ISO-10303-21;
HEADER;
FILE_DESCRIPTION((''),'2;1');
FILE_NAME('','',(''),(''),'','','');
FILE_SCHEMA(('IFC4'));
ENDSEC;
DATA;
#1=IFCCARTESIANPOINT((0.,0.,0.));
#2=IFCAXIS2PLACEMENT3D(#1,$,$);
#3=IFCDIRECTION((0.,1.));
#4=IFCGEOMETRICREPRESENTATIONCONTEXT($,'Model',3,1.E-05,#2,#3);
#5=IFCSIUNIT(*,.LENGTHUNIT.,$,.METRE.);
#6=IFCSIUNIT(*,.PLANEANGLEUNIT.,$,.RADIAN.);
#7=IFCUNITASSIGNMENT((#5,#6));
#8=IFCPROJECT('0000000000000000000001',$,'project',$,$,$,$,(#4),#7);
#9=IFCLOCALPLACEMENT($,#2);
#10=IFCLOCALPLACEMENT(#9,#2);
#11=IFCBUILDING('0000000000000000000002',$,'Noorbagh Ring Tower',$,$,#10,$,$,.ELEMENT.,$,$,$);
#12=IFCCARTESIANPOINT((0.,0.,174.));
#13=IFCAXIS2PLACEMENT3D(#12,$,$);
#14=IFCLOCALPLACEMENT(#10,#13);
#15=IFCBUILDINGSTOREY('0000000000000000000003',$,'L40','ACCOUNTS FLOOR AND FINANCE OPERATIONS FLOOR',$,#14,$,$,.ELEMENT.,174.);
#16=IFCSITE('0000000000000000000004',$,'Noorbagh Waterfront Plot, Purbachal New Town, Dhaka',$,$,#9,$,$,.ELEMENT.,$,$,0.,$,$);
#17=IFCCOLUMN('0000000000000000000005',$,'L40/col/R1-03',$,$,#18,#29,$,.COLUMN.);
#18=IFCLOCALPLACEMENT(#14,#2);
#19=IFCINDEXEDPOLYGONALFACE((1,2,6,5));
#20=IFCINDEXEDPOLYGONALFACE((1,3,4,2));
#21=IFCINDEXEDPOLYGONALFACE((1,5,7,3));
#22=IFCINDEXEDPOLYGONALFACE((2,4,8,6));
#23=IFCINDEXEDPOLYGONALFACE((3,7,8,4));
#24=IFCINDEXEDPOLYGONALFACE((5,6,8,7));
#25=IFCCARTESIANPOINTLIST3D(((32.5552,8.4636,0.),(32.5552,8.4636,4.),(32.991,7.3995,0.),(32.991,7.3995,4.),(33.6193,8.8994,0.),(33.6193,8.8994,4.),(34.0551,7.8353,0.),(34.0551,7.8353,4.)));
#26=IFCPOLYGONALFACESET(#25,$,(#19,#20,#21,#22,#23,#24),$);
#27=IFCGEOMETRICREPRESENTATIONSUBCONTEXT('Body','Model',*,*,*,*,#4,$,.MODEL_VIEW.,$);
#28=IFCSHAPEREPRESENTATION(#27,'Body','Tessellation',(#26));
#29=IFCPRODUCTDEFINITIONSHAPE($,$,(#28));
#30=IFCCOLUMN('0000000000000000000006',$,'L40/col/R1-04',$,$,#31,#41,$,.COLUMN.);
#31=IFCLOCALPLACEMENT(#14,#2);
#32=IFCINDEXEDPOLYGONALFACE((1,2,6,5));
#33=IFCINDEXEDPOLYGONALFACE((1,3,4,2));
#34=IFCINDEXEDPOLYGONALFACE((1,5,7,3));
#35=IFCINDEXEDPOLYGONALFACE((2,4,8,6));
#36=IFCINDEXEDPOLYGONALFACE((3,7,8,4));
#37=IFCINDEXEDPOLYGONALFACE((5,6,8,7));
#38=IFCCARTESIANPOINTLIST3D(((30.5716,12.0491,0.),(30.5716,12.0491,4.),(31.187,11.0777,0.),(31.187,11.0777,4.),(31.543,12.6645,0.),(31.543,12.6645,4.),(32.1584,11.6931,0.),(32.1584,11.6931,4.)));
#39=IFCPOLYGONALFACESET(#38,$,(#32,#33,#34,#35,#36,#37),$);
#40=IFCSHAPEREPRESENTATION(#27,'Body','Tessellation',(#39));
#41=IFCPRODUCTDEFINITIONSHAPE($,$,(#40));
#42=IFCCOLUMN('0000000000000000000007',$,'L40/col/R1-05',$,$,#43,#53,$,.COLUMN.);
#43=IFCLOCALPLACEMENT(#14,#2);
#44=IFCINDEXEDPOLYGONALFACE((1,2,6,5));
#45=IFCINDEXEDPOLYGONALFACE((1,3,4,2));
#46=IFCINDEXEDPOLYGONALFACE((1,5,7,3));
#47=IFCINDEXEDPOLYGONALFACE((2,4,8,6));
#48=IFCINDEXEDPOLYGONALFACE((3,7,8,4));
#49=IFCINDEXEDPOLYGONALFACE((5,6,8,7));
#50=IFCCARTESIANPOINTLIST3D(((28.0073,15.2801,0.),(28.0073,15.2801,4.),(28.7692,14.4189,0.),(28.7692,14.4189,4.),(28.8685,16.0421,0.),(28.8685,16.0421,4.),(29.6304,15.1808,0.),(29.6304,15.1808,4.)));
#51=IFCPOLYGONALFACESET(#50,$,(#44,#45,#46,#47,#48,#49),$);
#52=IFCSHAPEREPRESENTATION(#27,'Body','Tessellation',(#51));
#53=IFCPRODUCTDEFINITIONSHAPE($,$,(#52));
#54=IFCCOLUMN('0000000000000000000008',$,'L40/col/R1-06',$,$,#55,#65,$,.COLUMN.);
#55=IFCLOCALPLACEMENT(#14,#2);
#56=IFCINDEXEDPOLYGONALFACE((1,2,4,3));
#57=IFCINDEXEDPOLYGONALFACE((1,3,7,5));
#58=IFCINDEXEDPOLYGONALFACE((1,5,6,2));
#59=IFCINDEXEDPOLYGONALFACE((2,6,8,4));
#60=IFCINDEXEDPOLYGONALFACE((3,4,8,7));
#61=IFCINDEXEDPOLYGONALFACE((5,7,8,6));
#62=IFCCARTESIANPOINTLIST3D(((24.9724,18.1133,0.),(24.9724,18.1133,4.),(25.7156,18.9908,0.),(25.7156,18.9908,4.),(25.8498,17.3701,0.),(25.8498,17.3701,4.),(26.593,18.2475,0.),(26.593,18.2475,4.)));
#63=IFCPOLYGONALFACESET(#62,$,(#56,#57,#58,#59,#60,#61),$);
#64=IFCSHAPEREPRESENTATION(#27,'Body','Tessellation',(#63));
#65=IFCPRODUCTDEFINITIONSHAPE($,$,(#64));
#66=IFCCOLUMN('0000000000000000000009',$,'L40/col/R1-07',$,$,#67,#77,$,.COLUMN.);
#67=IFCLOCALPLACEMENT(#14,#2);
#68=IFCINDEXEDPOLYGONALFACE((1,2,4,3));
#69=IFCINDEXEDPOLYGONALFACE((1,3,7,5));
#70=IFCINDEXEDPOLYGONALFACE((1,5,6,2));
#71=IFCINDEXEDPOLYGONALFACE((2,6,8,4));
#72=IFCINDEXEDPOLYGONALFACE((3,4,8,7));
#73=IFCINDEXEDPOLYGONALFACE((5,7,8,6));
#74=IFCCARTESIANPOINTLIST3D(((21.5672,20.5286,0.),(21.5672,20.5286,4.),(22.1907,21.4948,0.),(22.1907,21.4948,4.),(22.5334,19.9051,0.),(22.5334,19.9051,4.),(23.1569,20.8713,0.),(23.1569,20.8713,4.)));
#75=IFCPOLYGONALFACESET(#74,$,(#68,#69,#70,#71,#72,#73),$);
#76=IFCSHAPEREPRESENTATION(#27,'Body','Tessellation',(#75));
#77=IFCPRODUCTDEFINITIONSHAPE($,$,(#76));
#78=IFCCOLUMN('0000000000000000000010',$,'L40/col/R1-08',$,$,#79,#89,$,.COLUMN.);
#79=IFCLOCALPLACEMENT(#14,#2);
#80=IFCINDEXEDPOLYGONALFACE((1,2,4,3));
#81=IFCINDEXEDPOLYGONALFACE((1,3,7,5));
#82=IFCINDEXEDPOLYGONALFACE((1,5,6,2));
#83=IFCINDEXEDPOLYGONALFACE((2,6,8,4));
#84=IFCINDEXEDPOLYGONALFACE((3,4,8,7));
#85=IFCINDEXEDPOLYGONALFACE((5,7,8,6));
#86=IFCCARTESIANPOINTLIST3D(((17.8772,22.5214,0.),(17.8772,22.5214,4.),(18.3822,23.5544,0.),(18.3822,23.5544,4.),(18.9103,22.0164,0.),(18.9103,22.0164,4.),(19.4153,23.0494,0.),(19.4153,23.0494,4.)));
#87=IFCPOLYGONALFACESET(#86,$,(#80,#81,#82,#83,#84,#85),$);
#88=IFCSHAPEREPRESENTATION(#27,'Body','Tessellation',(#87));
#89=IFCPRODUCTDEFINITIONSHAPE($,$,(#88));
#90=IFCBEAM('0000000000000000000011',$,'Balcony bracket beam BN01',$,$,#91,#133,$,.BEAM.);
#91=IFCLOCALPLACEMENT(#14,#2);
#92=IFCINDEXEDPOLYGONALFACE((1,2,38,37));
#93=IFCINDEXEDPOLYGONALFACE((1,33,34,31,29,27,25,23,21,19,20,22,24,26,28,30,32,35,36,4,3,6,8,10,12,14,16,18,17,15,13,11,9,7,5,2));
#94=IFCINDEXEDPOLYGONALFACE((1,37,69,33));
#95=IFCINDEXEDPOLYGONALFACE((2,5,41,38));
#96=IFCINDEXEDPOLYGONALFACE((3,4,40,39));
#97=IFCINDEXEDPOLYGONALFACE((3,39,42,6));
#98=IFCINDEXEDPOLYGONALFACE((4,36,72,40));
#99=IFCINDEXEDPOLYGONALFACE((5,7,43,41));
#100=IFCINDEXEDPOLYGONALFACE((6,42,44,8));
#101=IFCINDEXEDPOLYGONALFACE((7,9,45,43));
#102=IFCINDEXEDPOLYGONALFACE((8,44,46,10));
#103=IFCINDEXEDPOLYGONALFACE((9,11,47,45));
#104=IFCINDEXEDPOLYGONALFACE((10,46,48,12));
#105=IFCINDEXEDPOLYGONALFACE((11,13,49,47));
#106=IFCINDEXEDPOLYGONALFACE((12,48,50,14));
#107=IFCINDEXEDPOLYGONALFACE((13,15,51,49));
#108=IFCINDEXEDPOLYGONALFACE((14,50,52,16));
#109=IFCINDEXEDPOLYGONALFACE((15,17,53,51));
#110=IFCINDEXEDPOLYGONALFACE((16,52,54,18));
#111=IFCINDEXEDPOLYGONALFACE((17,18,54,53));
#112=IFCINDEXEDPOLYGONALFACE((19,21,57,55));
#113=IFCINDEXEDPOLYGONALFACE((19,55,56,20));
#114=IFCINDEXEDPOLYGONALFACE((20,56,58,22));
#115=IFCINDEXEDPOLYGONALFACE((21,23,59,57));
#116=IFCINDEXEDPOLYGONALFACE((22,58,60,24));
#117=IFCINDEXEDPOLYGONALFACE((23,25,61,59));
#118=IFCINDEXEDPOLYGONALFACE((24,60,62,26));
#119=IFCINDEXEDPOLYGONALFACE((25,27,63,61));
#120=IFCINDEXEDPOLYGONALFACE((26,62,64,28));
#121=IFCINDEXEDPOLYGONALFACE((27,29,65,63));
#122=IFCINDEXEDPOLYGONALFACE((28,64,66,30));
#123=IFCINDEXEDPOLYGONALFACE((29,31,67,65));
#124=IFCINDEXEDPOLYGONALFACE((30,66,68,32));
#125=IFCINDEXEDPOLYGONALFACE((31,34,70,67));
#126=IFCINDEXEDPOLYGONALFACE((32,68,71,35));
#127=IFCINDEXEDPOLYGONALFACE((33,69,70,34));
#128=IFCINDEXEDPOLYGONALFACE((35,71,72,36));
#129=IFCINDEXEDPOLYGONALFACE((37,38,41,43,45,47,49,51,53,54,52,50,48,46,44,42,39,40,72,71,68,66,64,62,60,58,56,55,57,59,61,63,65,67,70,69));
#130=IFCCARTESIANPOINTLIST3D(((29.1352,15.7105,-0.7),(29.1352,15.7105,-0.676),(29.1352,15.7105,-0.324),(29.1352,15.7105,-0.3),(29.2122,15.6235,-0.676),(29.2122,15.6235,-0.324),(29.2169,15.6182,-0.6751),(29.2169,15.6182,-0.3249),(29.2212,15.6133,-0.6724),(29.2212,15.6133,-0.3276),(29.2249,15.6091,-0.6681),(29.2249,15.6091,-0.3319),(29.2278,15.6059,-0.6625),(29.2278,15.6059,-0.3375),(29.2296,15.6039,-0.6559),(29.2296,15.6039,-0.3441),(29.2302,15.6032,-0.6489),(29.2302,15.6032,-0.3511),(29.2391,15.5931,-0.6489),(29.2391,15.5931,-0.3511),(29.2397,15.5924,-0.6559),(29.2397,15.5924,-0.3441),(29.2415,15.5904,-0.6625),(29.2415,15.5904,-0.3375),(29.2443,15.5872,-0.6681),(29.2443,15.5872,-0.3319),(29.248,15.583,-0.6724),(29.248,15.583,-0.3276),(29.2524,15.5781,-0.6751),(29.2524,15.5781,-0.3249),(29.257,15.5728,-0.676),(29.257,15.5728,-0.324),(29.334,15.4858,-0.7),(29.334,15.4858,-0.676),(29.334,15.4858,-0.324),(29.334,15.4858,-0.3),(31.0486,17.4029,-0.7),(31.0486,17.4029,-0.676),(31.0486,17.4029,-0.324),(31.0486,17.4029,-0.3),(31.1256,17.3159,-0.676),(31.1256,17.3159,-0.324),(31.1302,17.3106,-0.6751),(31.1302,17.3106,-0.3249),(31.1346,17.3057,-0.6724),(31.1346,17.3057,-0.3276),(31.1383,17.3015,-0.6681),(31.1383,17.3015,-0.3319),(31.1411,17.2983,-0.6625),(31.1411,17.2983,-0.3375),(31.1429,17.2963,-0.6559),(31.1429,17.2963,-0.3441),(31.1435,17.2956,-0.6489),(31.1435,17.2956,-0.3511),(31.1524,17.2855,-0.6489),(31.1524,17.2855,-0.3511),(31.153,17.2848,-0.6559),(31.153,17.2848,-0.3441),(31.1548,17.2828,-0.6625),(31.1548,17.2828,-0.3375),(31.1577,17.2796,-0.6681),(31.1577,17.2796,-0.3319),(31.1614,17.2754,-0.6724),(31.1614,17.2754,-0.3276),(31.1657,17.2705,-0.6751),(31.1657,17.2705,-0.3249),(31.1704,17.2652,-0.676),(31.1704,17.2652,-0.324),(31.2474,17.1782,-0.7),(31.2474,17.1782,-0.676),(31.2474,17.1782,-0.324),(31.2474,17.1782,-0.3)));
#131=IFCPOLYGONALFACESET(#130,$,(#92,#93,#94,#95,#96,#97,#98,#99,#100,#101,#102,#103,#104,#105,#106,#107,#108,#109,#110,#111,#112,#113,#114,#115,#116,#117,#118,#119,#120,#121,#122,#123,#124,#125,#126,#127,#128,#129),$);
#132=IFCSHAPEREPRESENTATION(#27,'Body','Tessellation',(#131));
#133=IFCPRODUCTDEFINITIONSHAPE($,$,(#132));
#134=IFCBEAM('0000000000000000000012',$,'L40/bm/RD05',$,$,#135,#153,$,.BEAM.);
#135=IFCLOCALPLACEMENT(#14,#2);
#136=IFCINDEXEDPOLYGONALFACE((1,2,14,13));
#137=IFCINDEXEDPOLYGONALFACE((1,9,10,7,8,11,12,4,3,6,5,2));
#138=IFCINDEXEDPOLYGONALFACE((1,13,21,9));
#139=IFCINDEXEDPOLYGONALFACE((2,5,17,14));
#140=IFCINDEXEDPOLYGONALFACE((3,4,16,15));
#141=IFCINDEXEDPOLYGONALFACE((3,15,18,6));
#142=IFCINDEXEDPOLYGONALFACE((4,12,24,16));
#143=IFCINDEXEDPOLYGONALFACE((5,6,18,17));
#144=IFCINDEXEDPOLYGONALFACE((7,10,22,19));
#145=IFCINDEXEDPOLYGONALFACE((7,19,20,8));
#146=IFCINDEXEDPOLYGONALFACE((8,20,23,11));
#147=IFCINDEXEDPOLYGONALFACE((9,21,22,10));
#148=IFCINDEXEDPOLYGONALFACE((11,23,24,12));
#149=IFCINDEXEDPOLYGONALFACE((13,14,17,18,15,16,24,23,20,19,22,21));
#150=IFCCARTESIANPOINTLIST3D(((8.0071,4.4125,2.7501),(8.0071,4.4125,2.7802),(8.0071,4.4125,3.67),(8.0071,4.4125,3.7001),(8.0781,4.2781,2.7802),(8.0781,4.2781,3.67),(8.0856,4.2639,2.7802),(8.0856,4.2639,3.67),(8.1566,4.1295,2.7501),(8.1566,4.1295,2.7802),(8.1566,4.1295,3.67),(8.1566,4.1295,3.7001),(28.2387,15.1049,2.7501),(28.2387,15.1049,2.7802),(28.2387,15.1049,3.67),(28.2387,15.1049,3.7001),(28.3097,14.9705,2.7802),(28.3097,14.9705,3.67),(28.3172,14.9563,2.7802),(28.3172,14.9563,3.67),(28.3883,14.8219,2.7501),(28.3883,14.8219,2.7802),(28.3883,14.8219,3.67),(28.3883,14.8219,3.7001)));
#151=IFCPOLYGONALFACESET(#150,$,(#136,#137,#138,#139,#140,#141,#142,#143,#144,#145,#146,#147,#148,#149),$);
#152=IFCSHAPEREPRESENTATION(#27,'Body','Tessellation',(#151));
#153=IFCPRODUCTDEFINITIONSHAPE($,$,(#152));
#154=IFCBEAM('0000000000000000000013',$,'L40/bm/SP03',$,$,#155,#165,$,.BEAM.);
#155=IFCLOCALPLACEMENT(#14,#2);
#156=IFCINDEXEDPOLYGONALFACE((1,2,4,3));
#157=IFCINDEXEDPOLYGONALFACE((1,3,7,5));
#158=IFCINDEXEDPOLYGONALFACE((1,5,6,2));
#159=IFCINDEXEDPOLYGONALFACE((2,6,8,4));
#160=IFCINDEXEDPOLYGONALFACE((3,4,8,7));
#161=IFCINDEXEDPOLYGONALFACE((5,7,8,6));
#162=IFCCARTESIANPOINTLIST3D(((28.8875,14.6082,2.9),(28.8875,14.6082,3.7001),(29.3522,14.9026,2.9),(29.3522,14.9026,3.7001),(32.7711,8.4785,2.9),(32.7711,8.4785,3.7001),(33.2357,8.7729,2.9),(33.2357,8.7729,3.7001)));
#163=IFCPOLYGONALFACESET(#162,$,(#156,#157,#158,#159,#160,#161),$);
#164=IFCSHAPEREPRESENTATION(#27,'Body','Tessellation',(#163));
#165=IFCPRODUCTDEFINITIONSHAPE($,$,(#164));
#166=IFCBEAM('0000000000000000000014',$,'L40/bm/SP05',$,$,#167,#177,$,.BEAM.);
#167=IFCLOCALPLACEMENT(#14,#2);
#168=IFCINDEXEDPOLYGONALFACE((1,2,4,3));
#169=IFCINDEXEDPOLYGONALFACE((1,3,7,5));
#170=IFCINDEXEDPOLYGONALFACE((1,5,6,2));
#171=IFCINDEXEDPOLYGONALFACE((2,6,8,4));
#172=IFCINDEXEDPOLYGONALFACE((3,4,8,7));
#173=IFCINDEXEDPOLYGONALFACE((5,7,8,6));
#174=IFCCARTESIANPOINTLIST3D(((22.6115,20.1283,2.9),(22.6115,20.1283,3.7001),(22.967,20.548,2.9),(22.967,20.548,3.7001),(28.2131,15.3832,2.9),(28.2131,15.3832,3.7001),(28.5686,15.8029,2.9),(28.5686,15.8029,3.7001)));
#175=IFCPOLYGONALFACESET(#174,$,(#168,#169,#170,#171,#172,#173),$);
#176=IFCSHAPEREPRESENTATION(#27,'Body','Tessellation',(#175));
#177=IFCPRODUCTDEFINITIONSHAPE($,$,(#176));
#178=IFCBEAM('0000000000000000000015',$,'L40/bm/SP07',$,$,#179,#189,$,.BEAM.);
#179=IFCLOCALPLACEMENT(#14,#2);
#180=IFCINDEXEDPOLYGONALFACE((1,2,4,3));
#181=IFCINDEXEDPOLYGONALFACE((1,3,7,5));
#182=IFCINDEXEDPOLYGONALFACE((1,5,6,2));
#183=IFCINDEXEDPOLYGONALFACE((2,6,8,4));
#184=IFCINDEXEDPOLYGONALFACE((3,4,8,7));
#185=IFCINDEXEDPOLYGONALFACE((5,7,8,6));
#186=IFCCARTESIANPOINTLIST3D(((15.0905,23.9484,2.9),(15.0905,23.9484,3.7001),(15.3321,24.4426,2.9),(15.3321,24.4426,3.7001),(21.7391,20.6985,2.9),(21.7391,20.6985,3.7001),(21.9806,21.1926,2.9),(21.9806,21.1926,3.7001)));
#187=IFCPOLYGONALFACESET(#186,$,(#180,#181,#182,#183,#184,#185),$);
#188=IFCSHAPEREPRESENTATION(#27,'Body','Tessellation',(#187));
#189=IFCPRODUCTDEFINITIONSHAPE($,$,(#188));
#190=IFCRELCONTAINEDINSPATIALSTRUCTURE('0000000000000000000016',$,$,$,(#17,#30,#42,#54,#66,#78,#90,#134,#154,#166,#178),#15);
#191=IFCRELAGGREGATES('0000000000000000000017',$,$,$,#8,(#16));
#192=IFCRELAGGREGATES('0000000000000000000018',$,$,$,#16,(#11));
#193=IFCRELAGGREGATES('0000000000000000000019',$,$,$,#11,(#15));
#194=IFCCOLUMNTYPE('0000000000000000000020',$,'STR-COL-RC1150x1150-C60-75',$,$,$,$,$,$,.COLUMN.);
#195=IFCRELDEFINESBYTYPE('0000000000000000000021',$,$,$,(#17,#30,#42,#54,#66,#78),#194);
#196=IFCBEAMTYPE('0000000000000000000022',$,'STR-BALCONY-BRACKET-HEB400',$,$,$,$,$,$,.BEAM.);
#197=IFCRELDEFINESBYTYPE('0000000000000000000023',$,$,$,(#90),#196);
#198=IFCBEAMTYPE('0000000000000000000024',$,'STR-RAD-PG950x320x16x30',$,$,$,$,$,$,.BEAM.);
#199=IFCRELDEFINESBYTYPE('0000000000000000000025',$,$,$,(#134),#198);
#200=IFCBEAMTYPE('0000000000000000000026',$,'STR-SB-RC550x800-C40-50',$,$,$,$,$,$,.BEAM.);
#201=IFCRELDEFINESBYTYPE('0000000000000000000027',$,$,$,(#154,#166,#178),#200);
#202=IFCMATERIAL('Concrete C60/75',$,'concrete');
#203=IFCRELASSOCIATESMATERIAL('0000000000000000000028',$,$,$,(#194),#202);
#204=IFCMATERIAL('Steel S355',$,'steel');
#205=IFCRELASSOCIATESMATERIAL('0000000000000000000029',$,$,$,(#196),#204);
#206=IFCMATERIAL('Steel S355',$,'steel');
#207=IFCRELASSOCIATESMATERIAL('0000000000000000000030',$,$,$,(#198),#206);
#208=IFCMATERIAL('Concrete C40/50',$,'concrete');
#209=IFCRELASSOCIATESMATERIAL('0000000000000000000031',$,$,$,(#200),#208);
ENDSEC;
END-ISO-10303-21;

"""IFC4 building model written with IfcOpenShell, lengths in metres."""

from ifc_helpers import new_model, si_unit, direction, frame, origin, origin_2d, place, context, subcontext, project, spatial, rectangle, i_section, extrude, material, material_profile, profile_set, type_object, element, save


model = new_model("IFC4")

# Units and contexts
model_context = context("Model", 3, precision=1e-05, world=origin(), true_north=direction((0.0, 1.0)))
body_context = subcontext(model_context, "Body", "Model", "MODEL_VIEW")
ifc_project = project(units=[si_unit("LENGTHUNIT", "METRE"), si_unit("PLANEANGLEUNIT", "RADIAN")], contexts=[model_context])

# Site, building, storey
site_placement = place(None, origin())
site = spatial("IfcSite", under=ifc_project, at=site_placement, Name="Noorbagh Waterfront Plot, Purbachal New Town, Dhaka", CompositionType="ELEMENT", RefElevation=0.0)
building_placement = place(site_placement, origin())
building = spatial("IfcBuilding", under=site, at=building_placement, Name="Noorbagh Ring Tower", CompositionType="ELEMENT")
storey_placement = place(building_placement, frame((0.0, 0.0, 174.0)))
storey = spatial("IfcBuildingStorey", under=building, at=storey_placement, Name="L40", Description="ACCOUNTS FLOOR AND FINANCE OPERATIONS FLOOR", CompositionType="ELEMENT", Elevation=174.0)

# Columns
ifc_material_1 = material(Name="Concrete C60/75", Category="concrete")
ifc_material_profile_1 = material_profile(ifc_material_1, rectangle(XDim=1.1499, YDim=1.1499, at=origin_2d()), Name="RC1150x1150")
ifc_profile_set_1 = profile_set([ifc_material_profile_1], Name="Concrete C60/75")
column_type = type_object("IfcColumnType", Name="STR-COL-RC1150x1150-C60-75", PredefinedType="COLUMN", material=ifc_profile_set_1)
for number, where, z_axis, x_axis, name in (
    (1, (33.3052, 8.1494, 0.0), (0.0, 0.0, 1.0), (-0.378989, 0.925401, 0.0), "L40/col/R1-03"),
    (2, (31.365, 11.8711, 0.0), (0.0, 0.0, 1.0), (-0.53519, 0.844731, 0.0), "L40/col/R1-04"),
    (3, (28.8188, 15.2305, 0.0), (0.0, 0.0, 1.0), (-0.662636, 0.748942, 0.0), "L40/col/R1-05"),
    (4, (25.7827, 18.1804, 0.0), (0.0, 0.0, 1.0), (-0.763035, 0.646357, 0.0), "L40/col/R1-06"),
    (5, (22.3621, 20.7, 0.0), (0.0, 0.0, 1.0), (-0.840248, 0.542203, 0.0), "L40/col/R1-07"),
    (6, (18.6462, 22.7854, 0.0), (0.0, 0.0, 1.0), (-0.898399, 0.43918, 0.0), "L40/col/R1-08"),
):
    element("IfcColumn", number, at=place(storey_placement, frame(where, z_axis=z_axis, x_axis=x_axis)), inside=storey, type_object=column_type, Name=name, PredefinedType="COLUMN", context=body_context, shape_type="SweptSolid", body=[
        extrude(rectangle(XDim=1.1499, YDim=1.1499, at=origin_2d()), origin(), (0.0, 0.0, 1.0), 4.0),
    ])

# Beams
ifc_material_2 = material(Name="Steel S355", Category="steel")
ifc_material_profile_2 = material_profile(ifc_material_2, i_section(OverallWidth=0.3, OverallDepth=0.3999, WebThickness=0.0134, FlangeThickness=0.0239, FilletRadius=0.0271, at=origin_2d()), Name="HEB400")
ifc_profile_set_2 = profile_set([ifc_material_profile_2], Name="Steel S355")
beam_type_1 = type_object("IfcBeamType", Name="STR-BALCONY-BRACKET-HEB400", PredefinedType="BEAM", material=ifc_profile_set_2)
beam_1_placement = place(storey_placement, frame((29.2346, 15.5981, -0.5), z_axis=(0.749031, 0.662535, 0.0), x_axis=(-0.662535, 0.749031, 0.0)))
element("IfcBeam", 7, at=beam_1_placement, inside=storey, type_object=beam_type_1, Name="Balcony bracket beam BN01", PredefinedType="BEAM", context=body_context, shape_type="SweptSolid", body=[
    extrude(i_section(OverallWidth=0.3, OverallDepth=0.3999, WebThickness=0.0134, FlangeThickness=0.0239, FilletRadius=0.0271, at=origin_2d()), origin(), (0.0, 0.0, 1.0), 2.5544),
])
ifc_material_3 = material(Name="Steel S355", Category="steel")
ifc_material_profile_3 = material_profile(ifc_material_3, i_section(OverallWidth=0.3201, OverallDepth=0.95, WebThickness=0.0161, FlangeThickness=0.03, at=origin_2d()), Name="PG950x320x16x30")
ifc_profile_set_3 = profile_set([ifc_material_profile_3], Name="Steel S355")
beam_type_2 = type_object("IfcBeamType", Name="STR-RAD-PG950x320x16x30", PredefinedType="BEAM", material=ifc_profile_set_3)
beam_2_placement = place(storey_placement, frame((28.3135, 14.9634, 3.2251), z_axis=(-0.884122, -0.467256, 0.0), x_axis=(0.467256, -0.884122, 0.0)))
element("IfcBeam", 8, at=beam_2_placement, inside=storey, type_object=beam_type_2, Name="L40/bm/RD05", PredefinedType="BEAM", context=body_context, shape_type="SweptSolid", body=[
    extrude(i_section(OverallWidth=0.3201, OverallDepth=0.95, WebThickness=0.0161, FlangeThickness=0.03, at=origin_2d()), origin(), (0.0, 0.0, 1.0), 22.8833),
])
ifc_material_4 = material(Name="Concrete C40/50", Category="concrete")
ifc_material_profile_4 = material_profile(ifc_material_4, rectangle(XDim=0.55, YDim=0.8, at=origin_2d()), Name="RC550x800")
ifc_profile_set_4 = profile_set([ifc_material_profile_4], Name="Concrete C40/50")
beam_type_3 = type_object("IfcBeamType", Name="STR-SB-RC550x800-C40-50", PredefinedType="BEAM", material=ifc_profile_set_4)
beam_3_placement = place(storey_placement, frame((33.0034, 8.6257, 3.3), z_axis=(-0.535194, 0.844729, 0.0), x_axis=(-0.844729, -0.535194, 0.0)))
element("IfcBeam", 9, at=beam_3_placement, inside=storey, type_object=beam_type_3, Name="L40/bm/SP03", PredefinedType="BEAM", context=body_context, shape_type="SweptSolid", body=[
    extrude(rectangle(XDim=0.55, YDim=0.8, at=origin_2d()), origin(), (0.0, 0.0, 1.0), 7.2563),
])
beam_4_placement = place(storey_placement, frame((28.3909, 15.593, 3.3), z_axis=(-0.763028, 0.646366, 0.0), x_axis=(-0.646366, -0.763028, 0.0)))
element("IfcBeam", 10, at=beam_4_placement, inside=storey, type_object=beam_type_3, Name="L40/bm/SP05", PredefinedType="BEAM", context=body_context, shape_type="SweptSolid", body=[
    extrude(rectangle(XDim=0.55, YDim=0.8, at=origin_2d()), origin(), (0.0, 0.0, 1.0), 7.3413),
])
beam_5_placement = place(storey_placement, frame((21.8599, 20.9456, 3.3), z_axis=(-0.898409, 0.439159, 0.0), x_axis=(-0.439159, -0.898409, 0.0)))
element("IfcBeam", 11, at=beam_5_placement, inside=storey, type_object=beam_type_3, Name="L40/bm/SP07", PredefinedType="BEAM", context=body_context, shape_type="SweptSolid", body=[
    extrude(rectangle(XDim=0.55, YDim=0.8, at=origin_2d()), origin(), (0.0, 0.0, 1.0), 7.4004),
])

save(model, "model.ifc")
